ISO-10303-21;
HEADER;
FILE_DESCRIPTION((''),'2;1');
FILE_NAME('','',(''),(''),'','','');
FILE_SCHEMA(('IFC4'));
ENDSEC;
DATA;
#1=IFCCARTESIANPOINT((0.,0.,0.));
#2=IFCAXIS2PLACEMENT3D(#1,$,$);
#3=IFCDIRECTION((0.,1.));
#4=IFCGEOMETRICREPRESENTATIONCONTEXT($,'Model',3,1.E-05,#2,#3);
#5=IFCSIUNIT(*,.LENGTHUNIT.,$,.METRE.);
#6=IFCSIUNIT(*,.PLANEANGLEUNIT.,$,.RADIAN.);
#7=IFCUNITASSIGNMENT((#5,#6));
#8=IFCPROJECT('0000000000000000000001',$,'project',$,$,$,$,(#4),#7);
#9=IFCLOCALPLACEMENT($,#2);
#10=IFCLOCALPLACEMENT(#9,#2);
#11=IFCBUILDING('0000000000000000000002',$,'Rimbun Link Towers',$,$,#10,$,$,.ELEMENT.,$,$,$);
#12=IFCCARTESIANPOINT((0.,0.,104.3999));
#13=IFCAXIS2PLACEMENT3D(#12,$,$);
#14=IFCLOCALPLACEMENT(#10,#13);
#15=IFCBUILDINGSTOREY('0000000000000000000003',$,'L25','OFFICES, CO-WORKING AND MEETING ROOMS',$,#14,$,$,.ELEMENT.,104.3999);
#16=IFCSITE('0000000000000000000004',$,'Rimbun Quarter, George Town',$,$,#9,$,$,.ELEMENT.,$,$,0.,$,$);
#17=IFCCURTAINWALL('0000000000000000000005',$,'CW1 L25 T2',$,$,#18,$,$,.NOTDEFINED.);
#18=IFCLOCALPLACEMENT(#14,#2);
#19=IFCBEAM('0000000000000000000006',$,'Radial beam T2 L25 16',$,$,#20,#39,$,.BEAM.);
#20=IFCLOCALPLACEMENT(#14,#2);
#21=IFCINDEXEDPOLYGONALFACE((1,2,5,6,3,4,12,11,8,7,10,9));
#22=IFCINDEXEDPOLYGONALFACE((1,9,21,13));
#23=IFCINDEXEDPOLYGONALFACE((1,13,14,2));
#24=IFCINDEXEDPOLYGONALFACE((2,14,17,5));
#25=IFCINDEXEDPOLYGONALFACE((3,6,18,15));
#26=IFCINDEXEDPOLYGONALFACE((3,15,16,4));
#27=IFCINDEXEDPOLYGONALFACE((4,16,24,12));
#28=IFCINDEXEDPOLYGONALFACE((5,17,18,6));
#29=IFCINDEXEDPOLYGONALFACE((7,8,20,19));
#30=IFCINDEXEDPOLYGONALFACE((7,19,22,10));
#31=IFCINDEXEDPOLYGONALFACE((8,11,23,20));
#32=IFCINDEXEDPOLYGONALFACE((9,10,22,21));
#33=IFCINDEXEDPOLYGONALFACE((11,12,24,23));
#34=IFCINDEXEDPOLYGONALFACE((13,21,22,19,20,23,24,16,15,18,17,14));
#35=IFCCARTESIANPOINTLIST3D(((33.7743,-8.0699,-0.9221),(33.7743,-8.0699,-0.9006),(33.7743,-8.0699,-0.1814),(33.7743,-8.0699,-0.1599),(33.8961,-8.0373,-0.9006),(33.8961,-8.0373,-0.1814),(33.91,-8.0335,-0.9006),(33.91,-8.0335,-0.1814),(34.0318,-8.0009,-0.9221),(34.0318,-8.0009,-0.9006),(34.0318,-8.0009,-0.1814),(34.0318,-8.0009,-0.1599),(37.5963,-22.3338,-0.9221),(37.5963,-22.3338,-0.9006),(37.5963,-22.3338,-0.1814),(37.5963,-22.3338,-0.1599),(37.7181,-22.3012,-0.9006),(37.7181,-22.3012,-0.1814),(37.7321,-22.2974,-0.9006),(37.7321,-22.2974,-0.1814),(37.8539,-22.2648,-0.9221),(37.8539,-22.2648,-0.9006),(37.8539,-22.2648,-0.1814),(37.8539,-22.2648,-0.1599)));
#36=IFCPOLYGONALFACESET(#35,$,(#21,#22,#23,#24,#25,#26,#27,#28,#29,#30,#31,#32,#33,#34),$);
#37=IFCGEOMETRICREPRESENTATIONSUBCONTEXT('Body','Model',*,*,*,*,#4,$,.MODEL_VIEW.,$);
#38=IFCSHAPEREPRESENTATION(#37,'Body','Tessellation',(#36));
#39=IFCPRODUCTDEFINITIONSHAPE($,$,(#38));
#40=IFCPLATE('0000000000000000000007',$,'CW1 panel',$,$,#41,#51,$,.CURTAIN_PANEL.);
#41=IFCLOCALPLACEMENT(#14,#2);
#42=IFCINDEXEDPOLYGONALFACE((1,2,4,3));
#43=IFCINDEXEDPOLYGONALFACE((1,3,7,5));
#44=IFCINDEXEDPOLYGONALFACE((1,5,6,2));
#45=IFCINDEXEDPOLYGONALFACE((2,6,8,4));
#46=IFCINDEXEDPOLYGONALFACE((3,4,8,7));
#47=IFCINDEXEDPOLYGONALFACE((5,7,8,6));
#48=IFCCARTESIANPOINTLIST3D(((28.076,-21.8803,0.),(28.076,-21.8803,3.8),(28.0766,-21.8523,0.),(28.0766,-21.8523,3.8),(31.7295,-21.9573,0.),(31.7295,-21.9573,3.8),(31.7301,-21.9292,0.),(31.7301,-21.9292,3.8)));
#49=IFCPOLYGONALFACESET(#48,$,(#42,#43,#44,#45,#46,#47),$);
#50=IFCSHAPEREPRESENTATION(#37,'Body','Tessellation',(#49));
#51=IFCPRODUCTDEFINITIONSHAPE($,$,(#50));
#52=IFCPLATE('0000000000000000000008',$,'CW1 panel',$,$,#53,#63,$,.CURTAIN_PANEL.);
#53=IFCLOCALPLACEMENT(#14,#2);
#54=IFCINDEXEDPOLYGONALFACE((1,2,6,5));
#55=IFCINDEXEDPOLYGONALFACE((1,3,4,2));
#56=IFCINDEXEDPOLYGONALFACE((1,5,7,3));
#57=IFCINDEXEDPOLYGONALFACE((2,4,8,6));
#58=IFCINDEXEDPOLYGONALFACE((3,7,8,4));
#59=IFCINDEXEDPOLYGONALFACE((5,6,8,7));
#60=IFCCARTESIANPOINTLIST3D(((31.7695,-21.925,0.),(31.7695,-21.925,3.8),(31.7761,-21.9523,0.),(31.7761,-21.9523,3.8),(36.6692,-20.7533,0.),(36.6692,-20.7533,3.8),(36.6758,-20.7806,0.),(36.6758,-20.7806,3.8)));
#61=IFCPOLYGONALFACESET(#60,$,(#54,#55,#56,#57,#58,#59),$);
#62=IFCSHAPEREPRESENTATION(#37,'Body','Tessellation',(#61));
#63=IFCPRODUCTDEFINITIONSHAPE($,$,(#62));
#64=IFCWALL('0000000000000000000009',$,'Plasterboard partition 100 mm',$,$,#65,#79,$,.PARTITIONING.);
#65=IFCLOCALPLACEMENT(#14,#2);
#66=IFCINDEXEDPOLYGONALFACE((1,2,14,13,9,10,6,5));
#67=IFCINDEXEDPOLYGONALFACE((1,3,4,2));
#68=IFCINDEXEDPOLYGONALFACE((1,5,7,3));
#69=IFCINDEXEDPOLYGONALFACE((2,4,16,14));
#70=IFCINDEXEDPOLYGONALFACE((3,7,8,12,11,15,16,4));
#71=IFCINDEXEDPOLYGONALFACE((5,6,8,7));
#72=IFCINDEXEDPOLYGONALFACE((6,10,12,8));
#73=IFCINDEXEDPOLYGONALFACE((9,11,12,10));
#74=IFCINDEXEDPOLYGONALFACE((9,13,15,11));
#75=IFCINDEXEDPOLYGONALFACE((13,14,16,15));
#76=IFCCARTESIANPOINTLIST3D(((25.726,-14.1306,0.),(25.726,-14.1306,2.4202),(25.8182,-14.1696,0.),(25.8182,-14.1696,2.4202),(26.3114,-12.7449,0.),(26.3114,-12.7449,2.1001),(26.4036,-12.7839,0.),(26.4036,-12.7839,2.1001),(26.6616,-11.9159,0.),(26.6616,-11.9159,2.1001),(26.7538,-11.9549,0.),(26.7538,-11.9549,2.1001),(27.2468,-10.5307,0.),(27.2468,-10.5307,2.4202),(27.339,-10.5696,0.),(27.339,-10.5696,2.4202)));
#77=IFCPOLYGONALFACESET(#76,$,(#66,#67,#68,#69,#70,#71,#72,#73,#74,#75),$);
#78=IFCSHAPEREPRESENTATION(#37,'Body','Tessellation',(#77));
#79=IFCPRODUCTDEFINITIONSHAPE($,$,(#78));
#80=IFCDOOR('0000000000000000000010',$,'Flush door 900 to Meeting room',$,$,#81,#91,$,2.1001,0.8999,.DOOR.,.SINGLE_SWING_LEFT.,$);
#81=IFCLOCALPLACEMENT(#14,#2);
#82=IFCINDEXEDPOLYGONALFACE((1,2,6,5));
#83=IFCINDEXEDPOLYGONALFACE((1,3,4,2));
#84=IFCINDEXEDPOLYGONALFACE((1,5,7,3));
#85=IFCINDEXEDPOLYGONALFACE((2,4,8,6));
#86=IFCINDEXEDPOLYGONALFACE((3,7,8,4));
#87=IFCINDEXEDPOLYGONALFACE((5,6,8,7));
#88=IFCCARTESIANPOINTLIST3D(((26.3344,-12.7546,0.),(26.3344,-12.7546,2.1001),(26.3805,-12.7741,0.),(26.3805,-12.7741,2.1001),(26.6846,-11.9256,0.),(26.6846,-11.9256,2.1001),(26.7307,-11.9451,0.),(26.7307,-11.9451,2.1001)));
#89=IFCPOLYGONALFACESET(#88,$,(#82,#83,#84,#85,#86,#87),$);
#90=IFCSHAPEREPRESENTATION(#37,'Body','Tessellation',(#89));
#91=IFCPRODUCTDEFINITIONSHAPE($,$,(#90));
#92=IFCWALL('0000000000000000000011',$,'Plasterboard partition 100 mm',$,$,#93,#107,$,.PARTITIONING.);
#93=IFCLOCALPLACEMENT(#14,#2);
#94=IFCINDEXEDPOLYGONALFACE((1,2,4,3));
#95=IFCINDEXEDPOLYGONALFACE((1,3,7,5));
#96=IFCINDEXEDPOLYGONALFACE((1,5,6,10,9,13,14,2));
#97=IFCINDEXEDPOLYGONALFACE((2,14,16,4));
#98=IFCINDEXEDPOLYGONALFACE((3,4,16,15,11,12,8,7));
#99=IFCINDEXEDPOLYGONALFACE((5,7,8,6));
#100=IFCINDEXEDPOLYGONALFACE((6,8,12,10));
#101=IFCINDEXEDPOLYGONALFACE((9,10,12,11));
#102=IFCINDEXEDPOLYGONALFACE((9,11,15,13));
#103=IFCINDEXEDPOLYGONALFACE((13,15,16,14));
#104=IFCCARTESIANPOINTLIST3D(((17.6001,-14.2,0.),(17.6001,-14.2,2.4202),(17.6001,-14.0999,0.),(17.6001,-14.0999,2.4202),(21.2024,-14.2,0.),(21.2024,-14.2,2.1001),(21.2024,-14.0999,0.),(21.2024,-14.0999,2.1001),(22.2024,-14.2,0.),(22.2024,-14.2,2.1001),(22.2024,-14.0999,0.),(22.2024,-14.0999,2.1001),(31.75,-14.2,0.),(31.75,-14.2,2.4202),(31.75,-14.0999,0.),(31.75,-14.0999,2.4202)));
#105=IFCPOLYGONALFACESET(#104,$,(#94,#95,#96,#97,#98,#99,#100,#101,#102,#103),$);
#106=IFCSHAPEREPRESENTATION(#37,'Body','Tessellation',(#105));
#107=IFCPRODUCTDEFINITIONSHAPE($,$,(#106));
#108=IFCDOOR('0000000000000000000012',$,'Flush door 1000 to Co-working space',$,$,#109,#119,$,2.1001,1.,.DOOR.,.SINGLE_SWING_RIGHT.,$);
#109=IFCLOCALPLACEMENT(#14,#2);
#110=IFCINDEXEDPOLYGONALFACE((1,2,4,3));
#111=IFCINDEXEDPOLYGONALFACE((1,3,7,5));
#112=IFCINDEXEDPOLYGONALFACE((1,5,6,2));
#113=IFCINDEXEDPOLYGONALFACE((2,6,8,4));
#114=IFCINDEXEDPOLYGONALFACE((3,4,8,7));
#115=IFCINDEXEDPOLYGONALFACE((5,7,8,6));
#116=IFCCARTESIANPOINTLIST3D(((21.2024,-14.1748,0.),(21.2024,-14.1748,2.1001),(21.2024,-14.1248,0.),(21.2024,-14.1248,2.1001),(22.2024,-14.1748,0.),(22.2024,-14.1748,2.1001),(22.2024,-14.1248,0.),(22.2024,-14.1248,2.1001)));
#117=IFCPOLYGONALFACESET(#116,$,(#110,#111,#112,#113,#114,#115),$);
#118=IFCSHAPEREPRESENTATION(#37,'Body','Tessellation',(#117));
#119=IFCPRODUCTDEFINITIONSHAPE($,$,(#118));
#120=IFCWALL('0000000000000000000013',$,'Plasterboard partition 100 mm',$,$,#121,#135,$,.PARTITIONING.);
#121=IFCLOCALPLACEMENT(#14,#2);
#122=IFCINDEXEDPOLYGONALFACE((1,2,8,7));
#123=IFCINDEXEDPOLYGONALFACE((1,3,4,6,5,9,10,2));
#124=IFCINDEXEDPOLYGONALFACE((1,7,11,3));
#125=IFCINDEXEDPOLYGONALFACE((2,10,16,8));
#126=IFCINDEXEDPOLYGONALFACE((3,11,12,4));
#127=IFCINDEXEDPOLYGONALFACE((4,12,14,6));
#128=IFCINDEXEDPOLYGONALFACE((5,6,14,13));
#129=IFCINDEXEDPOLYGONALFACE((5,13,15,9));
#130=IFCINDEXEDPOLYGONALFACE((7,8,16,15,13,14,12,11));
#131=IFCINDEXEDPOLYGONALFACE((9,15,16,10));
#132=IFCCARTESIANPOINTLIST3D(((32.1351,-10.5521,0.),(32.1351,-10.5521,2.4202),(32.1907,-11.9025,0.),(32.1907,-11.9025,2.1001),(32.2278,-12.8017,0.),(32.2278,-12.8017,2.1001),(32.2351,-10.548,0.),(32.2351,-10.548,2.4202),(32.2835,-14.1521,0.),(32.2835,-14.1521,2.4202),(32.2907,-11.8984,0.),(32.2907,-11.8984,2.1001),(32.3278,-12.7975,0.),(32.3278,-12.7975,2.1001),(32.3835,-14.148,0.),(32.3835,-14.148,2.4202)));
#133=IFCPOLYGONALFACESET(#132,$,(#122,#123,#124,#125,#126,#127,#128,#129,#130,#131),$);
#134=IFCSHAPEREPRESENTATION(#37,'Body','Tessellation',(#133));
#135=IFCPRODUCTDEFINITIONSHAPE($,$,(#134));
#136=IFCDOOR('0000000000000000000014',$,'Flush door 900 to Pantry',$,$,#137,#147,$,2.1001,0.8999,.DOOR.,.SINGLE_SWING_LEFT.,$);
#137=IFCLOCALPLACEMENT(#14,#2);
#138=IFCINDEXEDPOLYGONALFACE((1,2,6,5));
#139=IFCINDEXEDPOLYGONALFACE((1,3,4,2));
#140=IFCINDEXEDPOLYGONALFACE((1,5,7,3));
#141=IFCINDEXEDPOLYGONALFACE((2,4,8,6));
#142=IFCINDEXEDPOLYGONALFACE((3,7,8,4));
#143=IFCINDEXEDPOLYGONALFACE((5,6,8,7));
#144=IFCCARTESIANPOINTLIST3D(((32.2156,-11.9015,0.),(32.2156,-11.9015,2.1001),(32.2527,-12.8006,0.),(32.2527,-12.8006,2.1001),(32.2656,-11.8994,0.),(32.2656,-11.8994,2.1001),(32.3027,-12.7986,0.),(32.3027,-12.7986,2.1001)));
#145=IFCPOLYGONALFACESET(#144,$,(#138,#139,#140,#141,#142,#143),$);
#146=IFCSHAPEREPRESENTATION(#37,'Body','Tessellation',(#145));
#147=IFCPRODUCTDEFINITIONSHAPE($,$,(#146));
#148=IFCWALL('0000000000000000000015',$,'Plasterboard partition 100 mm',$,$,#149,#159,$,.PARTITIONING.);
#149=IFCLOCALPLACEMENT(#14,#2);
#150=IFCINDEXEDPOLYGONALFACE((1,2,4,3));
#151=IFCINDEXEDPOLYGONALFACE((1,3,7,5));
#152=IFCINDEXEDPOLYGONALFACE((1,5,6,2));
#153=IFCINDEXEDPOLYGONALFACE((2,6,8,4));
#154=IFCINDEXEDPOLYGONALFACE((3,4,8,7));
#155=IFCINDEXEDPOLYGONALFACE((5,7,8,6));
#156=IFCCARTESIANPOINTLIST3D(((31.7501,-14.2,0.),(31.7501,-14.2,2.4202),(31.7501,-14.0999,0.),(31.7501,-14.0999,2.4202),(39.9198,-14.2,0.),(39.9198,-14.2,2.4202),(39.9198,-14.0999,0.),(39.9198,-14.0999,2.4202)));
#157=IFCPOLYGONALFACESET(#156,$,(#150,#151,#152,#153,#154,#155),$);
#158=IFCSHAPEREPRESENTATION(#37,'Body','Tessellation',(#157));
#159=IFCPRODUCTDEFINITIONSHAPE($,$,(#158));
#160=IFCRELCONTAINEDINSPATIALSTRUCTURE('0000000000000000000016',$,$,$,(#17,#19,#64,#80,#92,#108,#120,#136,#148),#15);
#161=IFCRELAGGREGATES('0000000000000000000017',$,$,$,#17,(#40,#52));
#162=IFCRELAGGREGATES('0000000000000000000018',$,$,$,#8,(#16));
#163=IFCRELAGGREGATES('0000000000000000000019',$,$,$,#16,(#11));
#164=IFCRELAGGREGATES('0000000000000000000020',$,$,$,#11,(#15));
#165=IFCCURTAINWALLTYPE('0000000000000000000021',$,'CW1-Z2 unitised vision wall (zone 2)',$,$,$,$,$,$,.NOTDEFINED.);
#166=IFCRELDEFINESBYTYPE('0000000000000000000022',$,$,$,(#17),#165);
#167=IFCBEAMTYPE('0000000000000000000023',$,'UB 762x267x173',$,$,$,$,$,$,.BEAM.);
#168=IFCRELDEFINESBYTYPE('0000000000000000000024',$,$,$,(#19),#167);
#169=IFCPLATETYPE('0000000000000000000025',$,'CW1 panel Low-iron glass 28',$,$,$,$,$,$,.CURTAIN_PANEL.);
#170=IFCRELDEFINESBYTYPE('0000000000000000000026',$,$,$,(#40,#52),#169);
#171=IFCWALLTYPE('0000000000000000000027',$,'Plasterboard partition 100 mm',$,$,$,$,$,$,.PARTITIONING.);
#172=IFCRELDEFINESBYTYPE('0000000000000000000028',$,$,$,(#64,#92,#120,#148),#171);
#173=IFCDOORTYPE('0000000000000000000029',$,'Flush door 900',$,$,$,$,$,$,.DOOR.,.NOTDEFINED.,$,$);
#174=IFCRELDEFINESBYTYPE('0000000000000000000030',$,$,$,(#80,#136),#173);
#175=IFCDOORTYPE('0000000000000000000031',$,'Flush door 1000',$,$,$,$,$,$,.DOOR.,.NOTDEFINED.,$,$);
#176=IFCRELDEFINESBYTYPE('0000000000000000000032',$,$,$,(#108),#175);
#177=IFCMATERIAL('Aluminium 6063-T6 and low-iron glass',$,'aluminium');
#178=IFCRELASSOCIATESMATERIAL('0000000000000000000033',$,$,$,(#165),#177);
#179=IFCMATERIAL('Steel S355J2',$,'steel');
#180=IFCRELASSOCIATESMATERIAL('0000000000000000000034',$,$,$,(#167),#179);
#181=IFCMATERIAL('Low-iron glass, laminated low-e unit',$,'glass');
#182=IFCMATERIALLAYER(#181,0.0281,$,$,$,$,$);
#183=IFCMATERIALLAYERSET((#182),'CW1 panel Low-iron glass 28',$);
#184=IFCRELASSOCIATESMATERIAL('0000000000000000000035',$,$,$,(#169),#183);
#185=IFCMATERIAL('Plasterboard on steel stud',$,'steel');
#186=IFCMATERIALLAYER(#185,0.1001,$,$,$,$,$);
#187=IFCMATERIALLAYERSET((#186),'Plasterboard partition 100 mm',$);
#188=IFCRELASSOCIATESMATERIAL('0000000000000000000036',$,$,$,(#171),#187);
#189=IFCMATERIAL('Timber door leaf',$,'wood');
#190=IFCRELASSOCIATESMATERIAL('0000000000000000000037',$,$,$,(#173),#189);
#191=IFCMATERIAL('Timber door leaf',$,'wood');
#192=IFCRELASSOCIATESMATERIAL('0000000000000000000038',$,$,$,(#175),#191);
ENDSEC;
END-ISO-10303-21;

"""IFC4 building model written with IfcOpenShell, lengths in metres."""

from ifc_helpers import new_model, si_unit, direction, frame, frame_2d, origin, origin_2d, place, context, subcontext, project, spatial, rectangle, i_section, extrude, material, layer, layer_set, material_profile, profile_set, type_object, element, fill, aggregate, save


model = new_model("IFC4")

# Units and contexts
model_context = context("Model", 3, precision=1e-05, world=origin(), true_north=direction((0.0, 1.0)))
body_context = subcontext(model_context, "Body", "Model", "MODEL_VIEW")
ifc_project = project(units=[si_unit("LENGTHUNIT", "METRE"), si_unit("PLANEANGLEUNIT", "RADIAN")], contexts=[model_context])

# Site, building, storey
site_placement = place(None, origin())
site = spatial("IfcSite", under=ifc_project, at=site_placement, Name="Rimbun Quarter, George Town", CompositionType="ELEMENT", RefElevation=0.0)
building_placement = place(site_placement, origin())
building = spatial("IfcBuilding", under=site, at=building_placement, Name="Rimbun Link Towers", CompositionType="ELEMENT")
storey_placement = place(building_placement, frame((0.0, 0.0, 104.3999)))
storey = spatial("IfcBuildingStorey", under=building, at=storey_placement, Name="L25", Description="OFFICES, CO-WORKING AND MEETING ROOMS", CompositionType="ELEMENT", Elevation=104.3999)

# Curtain wall
ifc_material_1 = material(Name="Aluminium 6063-T6 and low-iron glass", Category="aluminium")
curtain_wall_type = type_object("IfcCurtainWallType", Name="CW1-Z2 unitised vision wall (zone 2)", PredefinedType="NOTDEFINED", material=ifc_material_1)
curtain_wall_placement = place(storey_placement, origin())
curtain_wall = element("IfcCurtainWall", 1, at=curtain_wall_placement, inside=storey, type_object=curtain_wall_type, Name="CW1 L25 T2", PredefinedType="NOTDEFINED")

# Beam
ifc_material_2 = material(Name="Steel S355J2", Category="steel")
ifc_material_profile_1 = material_profile(ifc_material_2, i_section(OverallWidth=0.2666, OverallDepth=0.7622, WebThickness=0.0144, FlangeThickness=0.0215, at=origin_2d()), Name="UB 762x267x173")
ifc_profile_set_1 = profile_set([ifc_material_profile_1], Name="Steel S355J2")
beam_type_1 = type_object("IfcBeamType", Name="UB 762x267x173", PredefinedType="BEAM", material=ifc_profile_set_1)
beam_1_placement = place(storey_placement, frame((33.9031, -8.0354, -0.541), z_axis=(0.25882, -0.965926, 0.0), x_axis=(0.965926, 0.25882, 0.0)))
element("IfcBeam", 2, at=beam_1_placement, inside=storey, type_object=beam_type_1, Name="Radial beam T2 L25 16", PredefinedType="BEAM", context=body_context, shape_type="SweptSolid", body=[
    extrude(i_section(OverallWidth=0.2666, OverallDepth=0.7622, WebThickness=0.0144, FlangeThickness=0.0215, at=origin_2d()), origin(), (0.0, 0.0, 1.0), 14.7671),
])

# Plates
ifc_material_3 = material(Name="Low-iron glass, laminated low-e unit", Category="glass")
ifc_layer_1 = layer(ifc_material_3, 0.0281)
ifc_layer_set_1 = layer_set([ifc_layer_1], Name="CW1 panel Low-iron glass 28")
plate_type = type_object("IfcPlateType", Name="CW1 panel Low-iron glass 28", PredefinedType="CURTAIN_PANEL", material=ifc_layer_set_1)
plate_1_placement = place(storey_placement, frame((29.9031, -21.9048, 0.0), z_axis=(0.0, 0.0, 1.0), x_axis=(-0.999778, 0.021063, 0.0)))
plate_1 = element("IfcPlate", 3, at=plate_1_placement, type_object=plate_type, Name="CW1 panel", PredefinedType="CURTAIN_PANEL", context=body_context, shape_type="SweptSolid", body=[
    extrude(rectangle(XDim=3.6543, YDim=0.0281, at=origin_2d()), origin(), (0.0, 0.0, 1.0), 3.8),
])
plate_2_placement = place(storey_placement, frame((34.2227, -21.3528, 0.0), z_axis=(0.0, 0.0, 1.0), x_axis=(-0.972576, -0.232586, 0.0)))
plate_2 = element("IfcPlate", 4, at=plate_2_placement, type_object=plate_type, Name="CW1 panel", PredefinedType="CURTAIN_PANEL", context=body_context, shape_type="SweptSolid", body=[
    extrude(rectangle(XDim=5.0378, YDim=0.0281, at=origin_2d()), origin(), (0.0, 0.0, 1.0), 3.8),
])
aggregate(curtain_wall, [plate_1, plate_2])

# Walls, openings, doors
ifc_material_4 = material(Name="Plasterboard on steel stud", Category="steel")
ifc_layer_2 = layer(ifc_material_4, 0.1001)
ifc_layer_set_2 = layer_set([ifc_layer_2], Name="Plasterboard partition 100 mm")
wall_type = type_object("IfcWallType", Name="Plasterboard partition 100 mm", PredefinedType="PARTITIONING", material=ifc_layer_set_2)
wall_1_placement = place(storey_placement, frame((27.293, -10.55, 0.0), z_axis=(0.0, 0.0, 1.0), x_axis=(-0.389149, -0.921175, 0.0)))
wall_1 = element("IfcWall", 5, at=wall_1_placement, inside=storey, type_object=wall_type, Name="Plasterboard partition 100 mm", PredefinedType="PARTITIONING", context=body_context, shape_type="SweptSolid", body=[
    extrude(rectangle(XDim=3.908, YDim=0.1001, at=frame_2d((1.9541, 0.0))), origin(), (0.0, 0.0, 1.0), 2.4202),
])
opening_1_placement = place(wall_1_placement, frame((1.5039, 0.0, 0.0)))
opening_1 = element("IfcOpeningElement", 6, at=opening_1_placement, cuts=wall_1, PredefinedType="OPENING", context=body_context, shape_type="SweptSolid", body=[
    extrude(rectangle(XDim=0.8999, YDim=2.1001, at=frame_2d((0.45, 1.05))), frame((0.0, 0.0601, 0.0), z_axis=(0.0, -1.0, 0.0), x_axis=(1.0, 0.0, 0.0)), (0.0, 0.0, 1.0), 0.1201),
])
ifc_material_5 = material(Name="Timber door leaf", Category="wood")
door_type_1 = type_object("IfcDoorType", Name="Flush door 900", OperationType="NOTDEFINED", PredefinedType="DOOR", material=ifc_material_5)
door_1_placement = place(opening_1_placement, origin())
door_1 = element("IfcDoor", 7, at=door_1_placement, inside=storey, type_object=door_type_1, Name="Flush door 900 to Meeting room", OperationType="SINGLE_SWING_LEFT", OverallHeight=2.1001, OverallWidth=0.8999, PredefinedType="DOOR", context=body_context, shape_type="SweptSolid", body=[
    extrude(rectangle(XDim=0.8999, YDim=2.1001, at=frame_2d((0.45, 1.05))), frame((0.0, 0.0249, 0.0), z_axis=(0.0, -1.0, 0.0), x_axis=(1.0, 0.0, 0.0)), (0.0, 0.0, 1.0), 0.05),
])
fill(opening_1, door_1)
wall_2_placement = place(storey_placement, frame((31.75, -14.1499, 0.0), z_axis=(0.0, 0.0, 1.0), x_axis=(-1.0, 0.0, 0.0)))
wall_2 = element("IfcWall", 8, at=wall_2_placement, inside=storey, type_object=wall_type, Name="Plasterboard partition 100 mm", PredefinedType="PARTITIONING", context=body_context, shape_type="SweptSolid", body=[
    extrude(rectangle(XDim=14.1499, YDim=0.1001, at=frame_2d((7.075, 0.0))), origin(), (0.0, 0.0, 1.0), 2.4202),
])
opening_2_placement = place(wall_2_placement, frame((9.5476, 0.0, 0.0)))
opening_2 = element("IfcOpeningElement", 9, at=opening_2_placement, cuts=wall_2, PredefinedType="OPENING", context=body_context, shape_type="SweptSolid", body=[
    extrude(rectangle(XDim=1.0, YDim=2.1001, at=frame_2d((0.5, 1.05))), frame((0.0, 0.0601, 0.0), z_axis=(0.0, -1.0, 0.0), x_axis=(1.0, 0.0, 0.0)), (0.0, 0.0, 1.0), 0.1201),
])
ifc_material_6 = material(Name="Timber door leaf", Category="wood")
door_type_2 = type_object("IfcDoorType", Name="Flush door 1000", OperationType="NOTDEFINED", PredefinedType="DOOR", material=ifc_material_6)
door_2_placement = place(opening_2_placement, origin())
door_2 = element("IfcDoor", 10, at=door_2_placement, inside=storey, type_object=door_type_2, Name="Flush door 1000 to Co-working space", OperationType="SINGLE_SWING_RIGHT", OverallHeight=2.1001, OverallWidth=1.0, PredefinedType="DOOR", context=body_context, shape_type="SweptSolid", body=[
    extrude(rectangle(XDim=1.0, YDim=2.1001, at=frame_2d((0.5, 1.05))), frame((0.0, 0.0249, 0.0), z_axis=(0.0, -1.0, 0.0), x_axis=(1.0, 0.0, 0.0)), (0.0, 0.0, 1.0), 0.05),
])
fill(opening_2, door_2)
wall_3_placement = place(storey_placement, frame((32.1851, -10.55, 0.0), z_axis=(0.0, 0.0, 1.0), x_axis=(0.041199, -0.999151, 0.0)))
wall_3 = element("IfcWall", 11, at=wall_3_placement, inside=storey, type_object=wall_type, Name="Plasterboard partition 100 mm", PredefinedType="PARTITIONING", context=body_context, shape_type="SweptSolid", body=[
    extrude(rectangle(XDim=3.603, YDim=0.1001, at=frame_2d((1.8015, 0.0))), origin(), (0.0, 0.0, 1.0), 2.4202),
])
opening_3_placement = place(wall_3_placement, frame((1.3516, 0.0, 0.0)))
opening_3 = element("IfcOpeningElement", 12, at=opening_3_placement, cuts=wall_3, PredefinedType="OPENING", context=body_context, shape_type="SweptSolid", body=[
    extrude(rectangle(XDim=0.8999, YDim=2.1001, at=frame_2d((0.45, 1.05))), frame((0.0, 0.0601, 0.0), z_axis=(0.0, -1.0, 0.0), x_axis=(1.0, 0.0, 0.0)), (0.0, 0.0, 1.0), 0.1201),
])
door_3_placement = place(opening_3_placement, origin())
door_3 = element("IfcDoor", 13, at=door_3_placement, inside=storey, type_object=door_type_1, Name="Flush door 900 to Pantry", OperationType="SINGLE_SWING_LEFT", OverallHeight=2.1001, OverallWidth=0.8999, PredefinedType="DOOR", context=body_context, shape_type="SweptSolid", body=[
    extrude(rectangle(XDim=0.8999, YDim=2.1001, at=frame_2d((0.45, 1.05))), frame((0.0, 0.0249, 0.0), z_axis=(0.0, -1.0, 0.0), x_axis=(1.0, 0.0, 0.0)), (0.0, 0.0, 1.0), 0.05),
])
fill(opening_3, door_3)

# Wall
wall_4_placement = place(storey_placement, frame((31.75, -14.1499, 0.0), z_axis=(0.0, 0.0, 1.0), x_axis=(1.0, 0.0, 0.0)))
element("IfcWall", 14, at=wall_4_placement, inside=storey, type_object=wall_type, Name="Plasterboard partition 100 mm", PredefinedType="PARTITIONING", context=body_context, shape_type="SweptSolid", body=[
    extrude(rectangle(XDim=8.1697, YDim=0.1001, at=frame_2d((4.085, 0.0))), origin(), (0.0, 0.0, 1.0), 2.4202),
])

save(model, "model.ifc")
